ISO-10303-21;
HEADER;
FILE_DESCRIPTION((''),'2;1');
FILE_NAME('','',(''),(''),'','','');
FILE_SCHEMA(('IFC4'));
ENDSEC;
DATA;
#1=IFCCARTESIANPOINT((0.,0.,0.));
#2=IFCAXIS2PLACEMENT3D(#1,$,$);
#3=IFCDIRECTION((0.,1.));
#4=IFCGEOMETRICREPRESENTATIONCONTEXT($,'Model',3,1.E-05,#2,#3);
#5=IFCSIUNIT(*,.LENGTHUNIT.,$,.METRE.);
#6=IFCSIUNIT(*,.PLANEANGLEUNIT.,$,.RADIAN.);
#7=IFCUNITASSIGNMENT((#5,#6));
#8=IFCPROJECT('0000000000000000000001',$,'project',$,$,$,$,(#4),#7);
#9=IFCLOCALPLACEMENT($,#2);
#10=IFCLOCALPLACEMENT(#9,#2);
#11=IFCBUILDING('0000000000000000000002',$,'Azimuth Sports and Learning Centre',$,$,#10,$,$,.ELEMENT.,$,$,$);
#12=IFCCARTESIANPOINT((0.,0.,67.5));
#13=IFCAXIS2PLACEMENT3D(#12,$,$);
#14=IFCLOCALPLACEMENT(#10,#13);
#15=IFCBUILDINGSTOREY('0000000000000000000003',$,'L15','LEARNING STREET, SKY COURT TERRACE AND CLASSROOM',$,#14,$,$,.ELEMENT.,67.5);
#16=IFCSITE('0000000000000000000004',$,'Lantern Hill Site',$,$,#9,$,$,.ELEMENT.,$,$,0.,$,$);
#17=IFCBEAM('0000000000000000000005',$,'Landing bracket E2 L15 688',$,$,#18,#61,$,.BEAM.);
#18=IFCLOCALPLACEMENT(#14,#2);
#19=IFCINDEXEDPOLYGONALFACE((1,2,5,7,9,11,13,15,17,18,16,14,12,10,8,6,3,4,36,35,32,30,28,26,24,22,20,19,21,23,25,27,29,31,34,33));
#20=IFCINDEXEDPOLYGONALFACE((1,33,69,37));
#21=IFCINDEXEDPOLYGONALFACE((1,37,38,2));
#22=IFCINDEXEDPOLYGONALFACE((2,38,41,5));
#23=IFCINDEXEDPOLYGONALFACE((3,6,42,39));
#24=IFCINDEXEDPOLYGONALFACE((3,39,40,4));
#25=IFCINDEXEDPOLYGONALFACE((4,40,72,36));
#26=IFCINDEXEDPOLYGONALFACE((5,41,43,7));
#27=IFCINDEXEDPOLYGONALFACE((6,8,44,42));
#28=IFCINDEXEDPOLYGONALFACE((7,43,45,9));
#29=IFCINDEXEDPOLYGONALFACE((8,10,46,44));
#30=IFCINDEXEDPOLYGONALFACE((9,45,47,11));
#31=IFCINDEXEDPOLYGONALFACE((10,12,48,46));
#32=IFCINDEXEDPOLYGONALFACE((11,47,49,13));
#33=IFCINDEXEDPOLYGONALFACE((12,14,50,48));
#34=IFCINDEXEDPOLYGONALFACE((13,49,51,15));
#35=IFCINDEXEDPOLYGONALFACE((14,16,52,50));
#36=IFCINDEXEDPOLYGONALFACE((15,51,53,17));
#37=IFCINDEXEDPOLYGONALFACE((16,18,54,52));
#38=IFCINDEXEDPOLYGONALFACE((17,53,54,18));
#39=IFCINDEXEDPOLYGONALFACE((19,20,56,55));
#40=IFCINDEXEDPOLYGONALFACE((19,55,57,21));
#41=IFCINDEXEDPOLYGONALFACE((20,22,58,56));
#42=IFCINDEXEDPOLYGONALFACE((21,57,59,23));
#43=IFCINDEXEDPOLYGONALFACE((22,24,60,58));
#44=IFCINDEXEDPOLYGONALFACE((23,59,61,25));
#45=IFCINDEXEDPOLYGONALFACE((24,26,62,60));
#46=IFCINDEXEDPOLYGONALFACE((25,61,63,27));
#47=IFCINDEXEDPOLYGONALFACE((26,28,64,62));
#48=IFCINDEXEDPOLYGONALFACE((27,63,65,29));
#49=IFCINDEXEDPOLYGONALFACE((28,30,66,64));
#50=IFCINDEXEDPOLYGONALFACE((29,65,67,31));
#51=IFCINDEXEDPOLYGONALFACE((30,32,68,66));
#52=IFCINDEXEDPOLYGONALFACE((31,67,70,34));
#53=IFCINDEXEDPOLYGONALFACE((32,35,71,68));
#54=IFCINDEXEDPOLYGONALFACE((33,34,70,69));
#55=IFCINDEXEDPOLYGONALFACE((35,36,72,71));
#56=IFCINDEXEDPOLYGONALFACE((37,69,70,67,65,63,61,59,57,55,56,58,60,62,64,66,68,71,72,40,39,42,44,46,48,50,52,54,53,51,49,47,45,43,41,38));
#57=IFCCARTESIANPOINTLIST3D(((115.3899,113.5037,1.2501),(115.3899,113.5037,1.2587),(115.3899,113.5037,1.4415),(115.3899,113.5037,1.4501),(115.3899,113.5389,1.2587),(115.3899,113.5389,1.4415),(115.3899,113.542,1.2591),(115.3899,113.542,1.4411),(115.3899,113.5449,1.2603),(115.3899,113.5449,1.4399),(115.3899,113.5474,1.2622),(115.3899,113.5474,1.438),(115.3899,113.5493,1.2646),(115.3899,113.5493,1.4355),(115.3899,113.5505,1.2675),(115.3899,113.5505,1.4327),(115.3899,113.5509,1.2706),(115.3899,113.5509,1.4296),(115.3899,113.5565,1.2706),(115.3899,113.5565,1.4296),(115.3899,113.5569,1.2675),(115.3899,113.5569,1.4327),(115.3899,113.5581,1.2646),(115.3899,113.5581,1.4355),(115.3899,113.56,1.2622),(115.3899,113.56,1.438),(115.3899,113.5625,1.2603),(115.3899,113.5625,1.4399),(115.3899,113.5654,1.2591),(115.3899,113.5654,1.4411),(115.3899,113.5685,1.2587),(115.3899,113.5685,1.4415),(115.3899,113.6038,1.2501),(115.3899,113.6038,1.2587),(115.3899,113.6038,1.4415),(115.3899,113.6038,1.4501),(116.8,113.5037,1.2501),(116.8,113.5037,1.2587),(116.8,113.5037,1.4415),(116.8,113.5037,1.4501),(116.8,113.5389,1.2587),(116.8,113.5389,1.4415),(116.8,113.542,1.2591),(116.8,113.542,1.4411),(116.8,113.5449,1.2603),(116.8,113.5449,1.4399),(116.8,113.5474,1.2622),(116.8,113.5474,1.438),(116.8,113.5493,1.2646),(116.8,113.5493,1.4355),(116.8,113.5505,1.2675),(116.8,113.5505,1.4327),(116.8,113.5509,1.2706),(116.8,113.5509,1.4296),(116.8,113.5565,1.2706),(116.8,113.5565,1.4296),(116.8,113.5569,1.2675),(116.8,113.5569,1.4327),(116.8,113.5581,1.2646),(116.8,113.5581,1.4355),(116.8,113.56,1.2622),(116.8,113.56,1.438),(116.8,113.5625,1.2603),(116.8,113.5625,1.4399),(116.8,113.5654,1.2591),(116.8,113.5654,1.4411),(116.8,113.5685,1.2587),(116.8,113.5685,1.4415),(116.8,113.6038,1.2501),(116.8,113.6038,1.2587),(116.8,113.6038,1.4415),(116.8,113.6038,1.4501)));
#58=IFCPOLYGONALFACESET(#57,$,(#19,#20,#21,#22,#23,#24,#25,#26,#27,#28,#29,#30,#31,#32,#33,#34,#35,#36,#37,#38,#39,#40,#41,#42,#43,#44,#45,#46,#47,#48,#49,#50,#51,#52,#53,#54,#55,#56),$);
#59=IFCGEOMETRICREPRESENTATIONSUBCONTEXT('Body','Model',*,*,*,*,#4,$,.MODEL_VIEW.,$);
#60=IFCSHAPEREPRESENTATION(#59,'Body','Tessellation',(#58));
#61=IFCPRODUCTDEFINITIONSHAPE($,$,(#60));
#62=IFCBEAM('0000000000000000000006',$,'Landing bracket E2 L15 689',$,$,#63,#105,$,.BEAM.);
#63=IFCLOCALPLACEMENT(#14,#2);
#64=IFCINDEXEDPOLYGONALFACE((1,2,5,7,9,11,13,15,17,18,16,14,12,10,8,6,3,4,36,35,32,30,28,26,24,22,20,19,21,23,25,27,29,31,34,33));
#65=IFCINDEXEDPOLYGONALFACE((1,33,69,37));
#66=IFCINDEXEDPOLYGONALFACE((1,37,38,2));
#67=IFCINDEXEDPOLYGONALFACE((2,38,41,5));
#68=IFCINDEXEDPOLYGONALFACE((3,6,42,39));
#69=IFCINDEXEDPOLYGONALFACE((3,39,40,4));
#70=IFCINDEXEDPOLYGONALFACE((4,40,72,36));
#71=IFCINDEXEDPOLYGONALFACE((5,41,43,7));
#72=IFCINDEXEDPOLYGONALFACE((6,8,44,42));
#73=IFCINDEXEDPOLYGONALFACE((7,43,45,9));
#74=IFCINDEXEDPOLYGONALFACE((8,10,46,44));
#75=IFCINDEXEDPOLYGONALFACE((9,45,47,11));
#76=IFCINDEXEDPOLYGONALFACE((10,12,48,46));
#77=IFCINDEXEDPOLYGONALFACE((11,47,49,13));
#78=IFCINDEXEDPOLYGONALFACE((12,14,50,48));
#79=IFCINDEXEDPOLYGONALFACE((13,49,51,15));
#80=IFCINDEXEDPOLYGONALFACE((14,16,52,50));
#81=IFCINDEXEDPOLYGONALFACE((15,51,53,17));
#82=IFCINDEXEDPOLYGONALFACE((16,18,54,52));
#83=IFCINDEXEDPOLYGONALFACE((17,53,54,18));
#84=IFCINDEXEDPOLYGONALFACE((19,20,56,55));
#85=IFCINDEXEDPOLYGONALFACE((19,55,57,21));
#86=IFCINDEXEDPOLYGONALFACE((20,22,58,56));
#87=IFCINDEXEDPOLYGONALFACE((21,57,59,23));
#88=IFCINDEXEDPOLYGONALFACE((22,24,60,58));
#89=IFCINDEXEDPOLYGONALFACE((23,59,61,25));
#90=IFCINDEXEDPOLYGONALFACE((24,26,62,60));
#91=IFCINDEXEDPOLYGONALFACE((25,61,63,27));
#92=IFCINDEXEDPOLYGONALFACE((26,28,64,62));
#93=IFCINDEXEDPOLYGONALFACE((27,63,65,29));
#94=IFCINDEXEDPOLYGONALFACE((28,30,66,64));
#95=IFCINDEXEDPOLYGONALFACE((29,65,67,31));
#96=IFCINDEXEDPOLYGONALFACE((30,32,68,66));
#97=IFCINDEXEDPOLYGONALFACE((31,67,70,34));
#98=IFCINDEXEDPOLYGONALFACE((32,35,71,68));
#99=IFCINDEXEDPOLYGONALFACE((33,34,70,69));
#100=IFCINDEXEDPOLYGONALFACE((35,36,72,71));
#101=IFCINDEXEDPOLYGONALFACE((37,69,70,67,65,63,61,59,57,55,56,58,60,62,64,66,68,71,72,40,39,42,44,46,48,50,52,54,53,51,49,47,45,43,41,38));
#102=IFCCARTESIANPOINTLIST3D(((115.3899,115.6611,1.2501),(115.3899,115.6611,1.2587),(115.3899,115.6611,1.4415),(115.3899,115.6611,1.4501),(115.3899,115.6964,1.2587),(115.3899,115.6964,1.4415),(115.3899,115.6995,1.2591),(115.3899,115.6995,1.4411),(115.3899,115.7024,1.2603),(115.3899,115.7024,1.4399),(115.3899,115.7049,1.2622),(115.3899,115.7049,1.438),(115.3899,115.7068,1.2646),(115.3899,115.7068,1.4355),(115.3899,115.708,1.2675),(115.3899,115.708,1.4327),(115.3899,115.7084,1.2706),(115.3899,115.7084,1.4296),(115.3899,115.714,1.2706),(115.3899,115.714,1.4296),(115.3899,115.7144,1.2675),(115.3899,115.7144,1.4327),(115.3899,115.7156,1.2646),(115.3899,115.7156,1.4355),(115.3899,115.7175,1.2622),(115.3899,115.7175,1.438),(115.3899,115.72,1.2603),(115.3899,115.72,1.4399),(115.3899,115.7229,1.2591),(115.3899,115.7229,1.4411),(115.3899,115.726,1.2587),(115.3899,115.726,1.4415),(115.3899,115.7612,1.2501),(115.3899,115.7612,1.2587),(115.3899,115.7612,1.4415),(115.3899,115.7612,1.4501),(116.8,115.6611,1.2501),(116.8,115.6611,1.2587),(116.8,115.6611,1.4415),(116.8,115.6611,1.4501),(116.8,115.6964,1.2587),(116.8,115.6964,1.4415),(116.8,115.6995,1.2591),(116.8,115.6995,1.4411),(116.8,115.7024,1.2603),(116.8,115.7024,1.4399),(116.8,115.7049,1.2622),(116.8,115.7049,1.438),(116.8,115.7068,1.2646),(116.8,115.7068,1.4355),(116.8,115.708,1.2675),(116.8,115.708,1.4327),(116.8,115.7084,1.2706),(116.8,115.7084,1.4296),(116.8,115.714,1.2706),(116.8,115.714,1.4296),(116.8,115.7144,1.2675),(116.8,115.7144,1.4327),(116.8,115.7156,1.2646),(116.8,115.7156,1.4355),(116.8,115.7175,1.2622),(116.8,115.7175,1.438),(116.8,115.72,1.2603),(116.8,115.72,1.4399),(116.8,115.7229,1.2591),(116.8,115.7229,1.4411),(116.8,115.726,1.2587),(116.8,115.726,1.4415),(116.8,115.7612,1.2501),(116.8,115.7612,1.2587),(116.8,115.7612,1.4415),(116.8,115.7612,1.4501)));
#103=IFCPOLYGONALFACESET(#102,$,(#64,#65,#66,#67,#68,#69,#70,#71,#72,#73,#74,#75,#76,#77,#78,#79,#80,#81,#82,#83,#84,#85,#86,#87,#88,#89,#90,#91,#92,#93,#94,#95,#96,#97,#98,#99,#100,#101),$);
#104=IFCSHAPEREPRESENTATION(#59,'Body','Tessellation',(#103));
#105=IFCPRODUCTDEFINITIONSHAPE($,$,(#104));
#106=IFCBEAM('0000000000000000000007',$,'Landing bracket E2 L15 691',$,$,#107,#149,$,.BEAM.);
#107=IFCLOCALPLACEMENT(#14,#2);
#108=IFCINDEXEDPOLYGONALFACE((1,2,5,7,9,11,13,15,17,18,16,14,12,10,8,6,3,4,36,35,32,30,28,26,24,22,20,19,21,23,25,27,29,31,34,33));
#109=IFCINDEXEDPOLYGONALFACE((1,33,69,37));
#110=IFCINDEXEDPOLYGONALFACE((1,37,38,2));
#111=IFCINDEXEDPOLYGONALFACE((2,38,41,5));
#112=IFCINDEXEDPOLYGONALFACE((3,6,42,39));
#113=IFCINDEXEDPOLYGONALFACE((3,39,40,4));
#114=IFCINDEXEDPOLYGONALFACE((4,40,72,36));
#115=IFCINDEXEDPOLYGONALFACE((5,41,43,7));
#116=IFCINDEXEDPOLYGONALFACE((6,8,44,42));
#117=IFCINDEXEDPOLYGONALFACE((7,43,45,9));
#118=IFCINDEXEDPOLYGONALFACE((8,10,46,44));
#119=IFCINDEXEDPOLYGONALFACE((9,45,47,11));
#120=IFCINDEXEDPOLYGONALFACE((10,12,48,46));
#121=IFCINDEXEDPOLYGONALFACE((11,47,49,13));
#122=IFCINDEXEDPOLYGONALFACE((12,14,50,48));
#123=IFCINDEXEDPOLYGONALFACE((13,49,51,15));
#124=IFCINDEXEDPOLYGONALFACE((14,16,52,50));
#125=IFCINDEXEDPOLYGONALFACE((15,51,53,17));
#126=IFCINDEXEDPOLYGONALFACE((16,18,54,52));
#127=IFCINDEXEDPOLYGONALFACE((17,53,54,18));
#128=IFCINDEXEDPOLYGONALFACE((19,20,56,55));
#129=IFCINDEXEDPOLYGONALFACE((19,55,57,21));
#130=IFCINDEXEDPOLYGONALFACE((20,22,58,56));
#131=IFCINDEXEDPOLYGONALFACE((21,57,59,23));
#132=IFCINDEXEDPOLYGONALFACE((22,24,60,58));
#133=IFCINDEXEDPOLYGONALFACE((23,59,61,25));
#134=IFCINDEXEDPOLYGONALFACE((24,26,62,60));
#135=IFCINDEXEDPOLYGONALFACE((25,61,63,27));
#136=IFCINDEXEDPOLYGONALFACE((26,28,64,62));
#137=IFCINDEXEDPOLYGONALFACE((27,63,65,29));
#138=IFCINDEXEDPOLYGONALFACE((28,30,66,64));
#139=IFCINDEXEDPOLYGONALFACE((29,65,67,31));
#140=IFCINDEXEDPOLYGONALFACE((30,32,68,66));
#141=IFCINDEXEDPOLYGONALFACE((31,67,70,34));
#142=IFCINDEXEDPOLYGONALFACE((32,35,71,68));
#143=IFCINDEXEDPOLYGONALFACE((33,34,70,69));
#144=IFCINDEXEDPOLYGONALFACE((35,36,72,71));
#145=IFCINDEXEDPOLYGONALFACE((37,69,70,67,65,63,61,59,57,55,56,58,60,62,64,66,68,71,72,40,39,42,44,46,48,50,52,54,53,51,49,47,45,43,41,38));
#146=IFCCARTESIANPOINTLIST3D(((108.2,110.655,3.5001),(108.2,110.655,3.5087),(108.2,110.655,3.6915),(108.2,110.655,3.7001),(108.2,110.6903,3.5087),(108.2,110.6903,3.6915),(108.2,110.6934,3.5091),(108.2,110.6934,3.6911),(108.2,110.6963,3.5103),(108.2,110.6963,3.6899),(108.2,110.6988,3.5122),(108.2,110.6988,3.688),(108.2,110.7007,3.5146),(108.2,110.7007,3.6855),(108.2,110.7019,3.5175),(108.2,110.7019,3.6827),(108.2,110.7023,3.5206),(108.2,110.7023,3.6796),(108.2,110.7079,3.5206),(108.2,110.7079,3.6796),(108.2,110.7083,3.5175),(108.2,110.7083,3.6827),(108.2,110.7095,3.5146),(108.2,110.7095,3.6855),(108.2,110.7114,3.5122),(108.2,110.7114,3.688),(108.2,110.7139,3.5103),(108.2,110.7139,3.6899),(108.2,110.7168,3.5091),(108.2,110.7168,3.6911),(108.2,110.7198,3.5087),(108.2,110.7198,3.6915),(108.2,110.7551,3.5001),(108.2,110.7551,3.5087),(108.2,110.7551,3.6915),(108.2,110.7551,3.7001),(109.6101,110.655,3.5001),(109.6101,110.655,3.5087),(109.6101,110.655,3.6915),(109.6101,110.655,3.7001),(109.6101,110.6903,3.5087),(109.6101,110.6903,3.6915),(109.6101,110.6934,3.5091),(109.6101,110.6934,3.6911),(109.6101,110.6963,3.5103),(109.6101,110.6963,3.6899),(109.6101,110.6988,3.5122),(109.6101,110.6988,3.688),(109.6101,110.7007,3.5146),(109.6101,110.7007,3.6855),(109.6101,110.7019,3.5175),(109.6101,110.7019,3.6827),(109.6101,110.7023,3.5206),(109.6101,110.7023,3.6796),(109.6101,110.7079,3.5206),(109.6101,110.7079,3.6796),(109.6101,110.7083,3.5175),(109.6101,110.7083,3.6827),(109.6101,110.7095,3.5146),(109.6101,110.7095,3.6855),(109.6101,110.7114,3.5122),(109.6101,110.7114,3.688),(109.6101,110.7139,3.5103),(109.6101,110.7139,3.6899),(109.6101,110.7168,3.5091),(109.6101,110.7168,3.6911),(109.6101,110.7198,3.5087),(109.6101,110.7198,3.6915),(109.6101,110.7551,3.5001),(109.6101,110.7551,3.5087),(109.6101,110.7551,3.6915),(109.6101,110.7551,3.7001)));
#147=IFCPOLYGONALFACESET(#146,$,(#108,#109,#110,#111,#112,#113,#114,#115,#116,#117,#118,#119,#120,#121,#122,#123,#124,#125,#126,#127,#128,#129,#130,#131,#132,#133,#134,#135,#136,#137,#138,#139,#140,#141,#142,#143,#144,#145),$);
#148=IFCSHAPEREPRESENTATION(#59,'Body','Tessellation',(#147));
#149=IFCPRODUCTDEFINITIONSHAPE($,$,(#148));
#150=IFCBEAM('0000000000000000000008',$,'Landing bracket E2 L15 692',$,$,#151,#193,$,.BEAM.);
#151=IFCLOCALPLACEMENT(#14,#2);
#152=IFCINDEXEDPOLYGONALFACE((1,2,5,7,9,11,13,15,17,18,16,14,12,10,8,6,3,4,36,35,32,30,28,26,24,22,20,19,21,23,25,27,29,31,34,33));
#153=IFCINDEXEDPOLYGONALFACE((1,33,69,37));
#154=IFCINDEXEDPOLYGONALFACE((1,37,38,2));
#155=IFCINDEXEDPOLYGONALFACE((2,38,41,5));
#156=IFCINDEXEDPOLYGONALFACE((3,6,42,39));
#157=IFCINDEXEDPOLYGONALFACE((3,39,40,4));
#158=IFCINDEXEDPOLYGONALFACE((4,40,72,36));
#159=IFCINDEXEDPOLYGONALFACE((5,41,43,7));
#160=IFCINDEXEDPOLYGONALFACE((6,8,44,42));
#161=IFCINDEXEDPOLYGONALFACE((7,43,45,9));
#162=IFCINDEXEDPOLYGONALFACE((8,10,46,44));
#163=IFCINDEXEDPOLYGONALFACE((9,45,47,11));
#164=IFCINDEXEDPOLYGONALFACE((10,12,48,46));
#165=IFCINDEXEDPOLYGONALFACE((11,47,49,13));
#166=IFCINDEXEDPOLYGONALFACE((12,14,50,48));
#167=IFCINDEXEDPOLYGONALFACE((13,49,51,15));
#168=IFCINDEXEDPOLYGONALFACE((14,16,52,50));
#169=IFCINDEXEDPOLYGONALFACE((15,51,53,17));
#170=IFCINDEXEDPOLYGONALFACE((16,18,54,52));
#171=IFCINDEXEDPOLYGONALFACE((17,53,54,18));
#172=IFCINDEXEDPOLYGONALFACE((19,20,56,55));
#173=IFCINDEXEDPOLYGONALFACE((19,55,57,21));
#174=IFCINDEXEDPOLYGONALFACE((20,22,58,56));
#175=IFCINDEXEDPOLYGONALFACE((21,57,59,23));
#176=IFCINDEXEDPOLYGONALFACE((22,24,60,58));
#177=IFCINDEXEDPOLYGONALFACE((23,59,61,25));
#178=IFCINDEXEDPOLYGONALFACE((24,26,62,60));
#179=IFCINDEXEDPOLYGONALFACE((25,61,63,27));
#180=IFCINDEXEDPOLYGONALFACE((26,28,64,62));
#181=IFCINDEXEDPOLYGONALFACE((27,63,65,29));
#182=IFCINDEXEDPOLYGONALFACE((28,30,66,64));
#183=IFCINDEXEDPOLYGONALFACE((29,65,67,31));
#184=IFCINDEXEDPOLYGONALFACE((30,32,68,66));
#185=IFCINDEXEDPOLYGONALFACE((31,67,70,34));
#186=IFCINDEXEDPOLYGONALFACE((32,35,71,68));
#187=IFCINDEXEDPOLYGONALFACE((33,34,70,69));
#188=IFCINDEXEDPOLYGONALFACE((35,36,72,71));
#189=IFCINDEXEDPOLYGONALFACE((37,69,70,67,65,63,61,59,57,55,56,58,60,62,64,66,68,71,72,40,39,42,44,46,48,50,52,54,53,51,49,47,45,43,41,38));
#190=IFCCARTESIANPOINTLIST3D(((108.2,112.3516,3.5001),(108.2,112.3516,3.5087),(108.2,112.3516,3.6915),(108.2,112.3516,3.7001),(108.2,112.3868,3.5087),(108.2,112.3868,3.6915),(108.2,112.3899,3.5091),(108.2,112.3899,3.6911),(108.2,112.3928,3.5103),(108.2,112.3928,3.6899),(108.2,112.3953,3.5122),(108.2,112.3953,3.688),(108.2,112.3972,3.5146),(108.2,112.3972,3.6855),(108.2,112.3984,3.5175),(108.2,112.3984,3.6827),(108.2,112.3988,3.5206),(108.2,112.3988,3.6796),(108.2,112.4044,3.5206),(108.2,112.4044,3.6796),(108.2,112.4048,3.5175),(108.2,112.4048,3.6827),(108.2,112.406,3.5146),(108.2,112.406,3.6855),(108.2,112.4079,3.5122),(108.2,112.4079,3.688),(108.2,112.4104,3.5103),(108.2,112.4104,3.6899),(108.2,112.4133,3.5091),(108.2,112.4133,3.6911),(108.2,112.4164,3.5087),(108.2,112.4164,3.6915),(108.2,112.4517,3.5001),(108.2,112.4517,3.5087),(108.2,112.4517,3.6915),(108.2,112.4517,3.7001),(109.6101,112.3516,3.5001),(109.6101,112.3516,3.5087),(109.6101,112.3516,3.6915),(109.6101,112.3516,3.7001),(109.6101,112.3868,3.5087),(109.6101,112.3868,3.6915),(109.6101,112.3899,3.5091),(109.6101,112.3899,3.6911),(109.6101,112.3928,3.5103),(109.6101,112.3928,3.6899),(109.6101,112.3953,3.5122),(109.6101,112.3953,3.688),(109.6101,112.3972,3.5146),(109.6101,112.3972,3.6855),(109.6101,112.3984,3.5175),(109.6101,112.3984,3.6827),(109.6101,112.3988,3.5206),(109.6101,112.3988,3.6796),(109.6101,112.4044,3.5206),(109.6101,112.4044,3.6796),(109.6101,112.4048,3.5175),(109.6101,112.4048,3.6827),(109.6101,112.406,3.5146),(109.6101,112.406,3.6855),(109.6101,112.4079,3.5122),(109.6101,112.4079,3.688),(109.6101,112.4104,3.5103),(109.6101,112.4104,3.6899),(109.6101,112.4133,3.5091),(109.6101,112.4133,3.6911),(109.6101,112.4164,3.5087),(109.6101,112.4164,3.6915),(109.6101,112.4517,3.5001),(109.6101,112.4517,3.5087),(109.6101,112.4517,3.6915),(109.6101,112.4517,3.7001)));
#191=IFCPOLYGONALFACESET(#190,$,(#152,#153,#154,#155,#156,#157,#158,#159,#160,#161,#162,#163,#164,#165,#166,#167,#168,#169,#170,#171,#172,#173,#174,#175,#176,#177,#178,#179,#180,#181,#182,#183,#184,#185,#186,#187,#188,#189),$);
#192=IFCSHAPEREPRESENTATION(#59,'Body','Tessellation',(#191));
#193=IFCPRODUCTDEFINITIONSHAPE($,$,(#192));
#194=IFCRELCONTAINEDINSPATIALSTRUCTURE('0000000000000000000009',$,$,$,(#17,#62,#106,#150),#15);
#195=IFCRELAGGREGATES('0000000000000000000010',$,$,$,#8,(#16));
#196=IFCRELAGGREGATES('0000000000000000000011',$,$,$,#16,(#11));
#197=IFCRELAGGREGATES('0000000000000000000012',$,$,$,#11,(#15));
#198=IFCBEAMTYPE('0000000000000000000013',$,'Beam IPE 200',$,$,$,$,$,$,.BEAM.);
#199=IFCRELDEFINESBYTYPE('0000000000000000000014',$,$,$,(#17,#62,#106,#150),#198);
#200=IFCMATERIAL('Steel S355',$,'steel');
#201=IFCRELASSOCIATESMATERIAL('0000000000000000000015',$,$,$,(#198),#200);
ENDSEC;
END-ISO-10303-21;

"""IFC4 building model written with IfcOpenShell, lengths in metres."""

from ifc_helpers import new_model, si_unit, direction, frame, origin, origin_2d, place, context, subcontext, project, spatial, i_section, extrude, material, material_profile, profile_set, type_object, element, save


model = new_model("IFC4")

# Units and contexts
model_context = context("Model", 3, precision=1e-05, world=origin(), true_north=direction((0.0, 1.0)))
body_context = subcontext(model_context, "Body", "Model", "MODEL_VIEW")
ifc_project = project(units=[si_unit("LENGTHUNIT", "METRE"), si_unit("PLANEANGLEUNIT", "RADIAN")], contexts=[model_context])

# Site, building, storey
site_placement = place(None, origin())
site = spatial("IfcSite", under=ifc_project, at=site_placement, Name="Lantern Hill Site", CompositionType="ELEMENT", RefElevation=0.0)
building_placement = place(site_placement, origin())
building = spatial("IfcBuilding", under=site, at=building_placement, Name="Azimuth Sports and Learning Centre", CompositionType="ELEMENT")
storey_placement = place(building_placement, frame((0.0, 0.0, 67.5)))
storey = spatial("IfcBuildingStorey", under=building, at=storey_placement, Name="L15", Description="LEARNING STREET, SKY COURT TERRACE AND CLASSROOM", CompositionType="ELEMENT", Elevation=67.5)

# Beams
ifc_material_1 = material(Name="Steel S355", Category="steel")
ifc_material_profile_1 = material_profile(ifc_material_1, i_section(OverallWidth=0.1001, OverallDepth=0.2, WebThickness=0.0056, FlangeThickness=0.0085, FilletRadius=0.012, at=origin_2d()), Name="IPE 200")
ifc_profile_set_1 = profile_set([ifc_material_profile_1], Name="Steel S355")
beam_type_1 = type_object("IfcBeamType", Name="Beam IPE 200", PredefinedType="BEAM", material=ifc_profile_set_1)
for number, where, z_axis, x_axis, name in (
    (1, (116.8, 113.5537, 1.3501), (-1.0, 0.0, 0.0), (0.0, -1.0, 0.0), "Landing bracket E2 L15 688"),
    (2, (116.8, 115.7112, 1.3501), (-1.0, 0.0, 0.0), (0.0, -1.0, 0.0), "Landing bracket E2 L15 689"),
    (3, (108.2, 110.7051, 3.6001), (1.0, 0.0, 0.0), (0.0, 1.0, 0.0), "Landing bracket E2 L15 691"),
    (4, (108.2, 112.4016, 3.6001), (1.0, 0.0, 0.0), (0.0, 1.0, 0.0), "Landing bracket E2 L15 692"),
):
    element("IfcBeam", number, at=place(storey_placement, frame(where, z_axis=z_axis, x_axis=x_axis)), inside=storey, type_object=beam_type_1, Name=name, PredefinedType="BEAM", context=body_context, shape_type="SweptSolid", body=[
        extrude(i_section(OverallWidth=0.1001, OverallDepth=0.2, WebThickness=0.0056, FlangeThickness=0.0085, FilletRadius=0.012, at=origin_2d()), origin(), (0.0, 0.0, 1.0), 1.4102),
    ])

save(model, "model.ifc")
